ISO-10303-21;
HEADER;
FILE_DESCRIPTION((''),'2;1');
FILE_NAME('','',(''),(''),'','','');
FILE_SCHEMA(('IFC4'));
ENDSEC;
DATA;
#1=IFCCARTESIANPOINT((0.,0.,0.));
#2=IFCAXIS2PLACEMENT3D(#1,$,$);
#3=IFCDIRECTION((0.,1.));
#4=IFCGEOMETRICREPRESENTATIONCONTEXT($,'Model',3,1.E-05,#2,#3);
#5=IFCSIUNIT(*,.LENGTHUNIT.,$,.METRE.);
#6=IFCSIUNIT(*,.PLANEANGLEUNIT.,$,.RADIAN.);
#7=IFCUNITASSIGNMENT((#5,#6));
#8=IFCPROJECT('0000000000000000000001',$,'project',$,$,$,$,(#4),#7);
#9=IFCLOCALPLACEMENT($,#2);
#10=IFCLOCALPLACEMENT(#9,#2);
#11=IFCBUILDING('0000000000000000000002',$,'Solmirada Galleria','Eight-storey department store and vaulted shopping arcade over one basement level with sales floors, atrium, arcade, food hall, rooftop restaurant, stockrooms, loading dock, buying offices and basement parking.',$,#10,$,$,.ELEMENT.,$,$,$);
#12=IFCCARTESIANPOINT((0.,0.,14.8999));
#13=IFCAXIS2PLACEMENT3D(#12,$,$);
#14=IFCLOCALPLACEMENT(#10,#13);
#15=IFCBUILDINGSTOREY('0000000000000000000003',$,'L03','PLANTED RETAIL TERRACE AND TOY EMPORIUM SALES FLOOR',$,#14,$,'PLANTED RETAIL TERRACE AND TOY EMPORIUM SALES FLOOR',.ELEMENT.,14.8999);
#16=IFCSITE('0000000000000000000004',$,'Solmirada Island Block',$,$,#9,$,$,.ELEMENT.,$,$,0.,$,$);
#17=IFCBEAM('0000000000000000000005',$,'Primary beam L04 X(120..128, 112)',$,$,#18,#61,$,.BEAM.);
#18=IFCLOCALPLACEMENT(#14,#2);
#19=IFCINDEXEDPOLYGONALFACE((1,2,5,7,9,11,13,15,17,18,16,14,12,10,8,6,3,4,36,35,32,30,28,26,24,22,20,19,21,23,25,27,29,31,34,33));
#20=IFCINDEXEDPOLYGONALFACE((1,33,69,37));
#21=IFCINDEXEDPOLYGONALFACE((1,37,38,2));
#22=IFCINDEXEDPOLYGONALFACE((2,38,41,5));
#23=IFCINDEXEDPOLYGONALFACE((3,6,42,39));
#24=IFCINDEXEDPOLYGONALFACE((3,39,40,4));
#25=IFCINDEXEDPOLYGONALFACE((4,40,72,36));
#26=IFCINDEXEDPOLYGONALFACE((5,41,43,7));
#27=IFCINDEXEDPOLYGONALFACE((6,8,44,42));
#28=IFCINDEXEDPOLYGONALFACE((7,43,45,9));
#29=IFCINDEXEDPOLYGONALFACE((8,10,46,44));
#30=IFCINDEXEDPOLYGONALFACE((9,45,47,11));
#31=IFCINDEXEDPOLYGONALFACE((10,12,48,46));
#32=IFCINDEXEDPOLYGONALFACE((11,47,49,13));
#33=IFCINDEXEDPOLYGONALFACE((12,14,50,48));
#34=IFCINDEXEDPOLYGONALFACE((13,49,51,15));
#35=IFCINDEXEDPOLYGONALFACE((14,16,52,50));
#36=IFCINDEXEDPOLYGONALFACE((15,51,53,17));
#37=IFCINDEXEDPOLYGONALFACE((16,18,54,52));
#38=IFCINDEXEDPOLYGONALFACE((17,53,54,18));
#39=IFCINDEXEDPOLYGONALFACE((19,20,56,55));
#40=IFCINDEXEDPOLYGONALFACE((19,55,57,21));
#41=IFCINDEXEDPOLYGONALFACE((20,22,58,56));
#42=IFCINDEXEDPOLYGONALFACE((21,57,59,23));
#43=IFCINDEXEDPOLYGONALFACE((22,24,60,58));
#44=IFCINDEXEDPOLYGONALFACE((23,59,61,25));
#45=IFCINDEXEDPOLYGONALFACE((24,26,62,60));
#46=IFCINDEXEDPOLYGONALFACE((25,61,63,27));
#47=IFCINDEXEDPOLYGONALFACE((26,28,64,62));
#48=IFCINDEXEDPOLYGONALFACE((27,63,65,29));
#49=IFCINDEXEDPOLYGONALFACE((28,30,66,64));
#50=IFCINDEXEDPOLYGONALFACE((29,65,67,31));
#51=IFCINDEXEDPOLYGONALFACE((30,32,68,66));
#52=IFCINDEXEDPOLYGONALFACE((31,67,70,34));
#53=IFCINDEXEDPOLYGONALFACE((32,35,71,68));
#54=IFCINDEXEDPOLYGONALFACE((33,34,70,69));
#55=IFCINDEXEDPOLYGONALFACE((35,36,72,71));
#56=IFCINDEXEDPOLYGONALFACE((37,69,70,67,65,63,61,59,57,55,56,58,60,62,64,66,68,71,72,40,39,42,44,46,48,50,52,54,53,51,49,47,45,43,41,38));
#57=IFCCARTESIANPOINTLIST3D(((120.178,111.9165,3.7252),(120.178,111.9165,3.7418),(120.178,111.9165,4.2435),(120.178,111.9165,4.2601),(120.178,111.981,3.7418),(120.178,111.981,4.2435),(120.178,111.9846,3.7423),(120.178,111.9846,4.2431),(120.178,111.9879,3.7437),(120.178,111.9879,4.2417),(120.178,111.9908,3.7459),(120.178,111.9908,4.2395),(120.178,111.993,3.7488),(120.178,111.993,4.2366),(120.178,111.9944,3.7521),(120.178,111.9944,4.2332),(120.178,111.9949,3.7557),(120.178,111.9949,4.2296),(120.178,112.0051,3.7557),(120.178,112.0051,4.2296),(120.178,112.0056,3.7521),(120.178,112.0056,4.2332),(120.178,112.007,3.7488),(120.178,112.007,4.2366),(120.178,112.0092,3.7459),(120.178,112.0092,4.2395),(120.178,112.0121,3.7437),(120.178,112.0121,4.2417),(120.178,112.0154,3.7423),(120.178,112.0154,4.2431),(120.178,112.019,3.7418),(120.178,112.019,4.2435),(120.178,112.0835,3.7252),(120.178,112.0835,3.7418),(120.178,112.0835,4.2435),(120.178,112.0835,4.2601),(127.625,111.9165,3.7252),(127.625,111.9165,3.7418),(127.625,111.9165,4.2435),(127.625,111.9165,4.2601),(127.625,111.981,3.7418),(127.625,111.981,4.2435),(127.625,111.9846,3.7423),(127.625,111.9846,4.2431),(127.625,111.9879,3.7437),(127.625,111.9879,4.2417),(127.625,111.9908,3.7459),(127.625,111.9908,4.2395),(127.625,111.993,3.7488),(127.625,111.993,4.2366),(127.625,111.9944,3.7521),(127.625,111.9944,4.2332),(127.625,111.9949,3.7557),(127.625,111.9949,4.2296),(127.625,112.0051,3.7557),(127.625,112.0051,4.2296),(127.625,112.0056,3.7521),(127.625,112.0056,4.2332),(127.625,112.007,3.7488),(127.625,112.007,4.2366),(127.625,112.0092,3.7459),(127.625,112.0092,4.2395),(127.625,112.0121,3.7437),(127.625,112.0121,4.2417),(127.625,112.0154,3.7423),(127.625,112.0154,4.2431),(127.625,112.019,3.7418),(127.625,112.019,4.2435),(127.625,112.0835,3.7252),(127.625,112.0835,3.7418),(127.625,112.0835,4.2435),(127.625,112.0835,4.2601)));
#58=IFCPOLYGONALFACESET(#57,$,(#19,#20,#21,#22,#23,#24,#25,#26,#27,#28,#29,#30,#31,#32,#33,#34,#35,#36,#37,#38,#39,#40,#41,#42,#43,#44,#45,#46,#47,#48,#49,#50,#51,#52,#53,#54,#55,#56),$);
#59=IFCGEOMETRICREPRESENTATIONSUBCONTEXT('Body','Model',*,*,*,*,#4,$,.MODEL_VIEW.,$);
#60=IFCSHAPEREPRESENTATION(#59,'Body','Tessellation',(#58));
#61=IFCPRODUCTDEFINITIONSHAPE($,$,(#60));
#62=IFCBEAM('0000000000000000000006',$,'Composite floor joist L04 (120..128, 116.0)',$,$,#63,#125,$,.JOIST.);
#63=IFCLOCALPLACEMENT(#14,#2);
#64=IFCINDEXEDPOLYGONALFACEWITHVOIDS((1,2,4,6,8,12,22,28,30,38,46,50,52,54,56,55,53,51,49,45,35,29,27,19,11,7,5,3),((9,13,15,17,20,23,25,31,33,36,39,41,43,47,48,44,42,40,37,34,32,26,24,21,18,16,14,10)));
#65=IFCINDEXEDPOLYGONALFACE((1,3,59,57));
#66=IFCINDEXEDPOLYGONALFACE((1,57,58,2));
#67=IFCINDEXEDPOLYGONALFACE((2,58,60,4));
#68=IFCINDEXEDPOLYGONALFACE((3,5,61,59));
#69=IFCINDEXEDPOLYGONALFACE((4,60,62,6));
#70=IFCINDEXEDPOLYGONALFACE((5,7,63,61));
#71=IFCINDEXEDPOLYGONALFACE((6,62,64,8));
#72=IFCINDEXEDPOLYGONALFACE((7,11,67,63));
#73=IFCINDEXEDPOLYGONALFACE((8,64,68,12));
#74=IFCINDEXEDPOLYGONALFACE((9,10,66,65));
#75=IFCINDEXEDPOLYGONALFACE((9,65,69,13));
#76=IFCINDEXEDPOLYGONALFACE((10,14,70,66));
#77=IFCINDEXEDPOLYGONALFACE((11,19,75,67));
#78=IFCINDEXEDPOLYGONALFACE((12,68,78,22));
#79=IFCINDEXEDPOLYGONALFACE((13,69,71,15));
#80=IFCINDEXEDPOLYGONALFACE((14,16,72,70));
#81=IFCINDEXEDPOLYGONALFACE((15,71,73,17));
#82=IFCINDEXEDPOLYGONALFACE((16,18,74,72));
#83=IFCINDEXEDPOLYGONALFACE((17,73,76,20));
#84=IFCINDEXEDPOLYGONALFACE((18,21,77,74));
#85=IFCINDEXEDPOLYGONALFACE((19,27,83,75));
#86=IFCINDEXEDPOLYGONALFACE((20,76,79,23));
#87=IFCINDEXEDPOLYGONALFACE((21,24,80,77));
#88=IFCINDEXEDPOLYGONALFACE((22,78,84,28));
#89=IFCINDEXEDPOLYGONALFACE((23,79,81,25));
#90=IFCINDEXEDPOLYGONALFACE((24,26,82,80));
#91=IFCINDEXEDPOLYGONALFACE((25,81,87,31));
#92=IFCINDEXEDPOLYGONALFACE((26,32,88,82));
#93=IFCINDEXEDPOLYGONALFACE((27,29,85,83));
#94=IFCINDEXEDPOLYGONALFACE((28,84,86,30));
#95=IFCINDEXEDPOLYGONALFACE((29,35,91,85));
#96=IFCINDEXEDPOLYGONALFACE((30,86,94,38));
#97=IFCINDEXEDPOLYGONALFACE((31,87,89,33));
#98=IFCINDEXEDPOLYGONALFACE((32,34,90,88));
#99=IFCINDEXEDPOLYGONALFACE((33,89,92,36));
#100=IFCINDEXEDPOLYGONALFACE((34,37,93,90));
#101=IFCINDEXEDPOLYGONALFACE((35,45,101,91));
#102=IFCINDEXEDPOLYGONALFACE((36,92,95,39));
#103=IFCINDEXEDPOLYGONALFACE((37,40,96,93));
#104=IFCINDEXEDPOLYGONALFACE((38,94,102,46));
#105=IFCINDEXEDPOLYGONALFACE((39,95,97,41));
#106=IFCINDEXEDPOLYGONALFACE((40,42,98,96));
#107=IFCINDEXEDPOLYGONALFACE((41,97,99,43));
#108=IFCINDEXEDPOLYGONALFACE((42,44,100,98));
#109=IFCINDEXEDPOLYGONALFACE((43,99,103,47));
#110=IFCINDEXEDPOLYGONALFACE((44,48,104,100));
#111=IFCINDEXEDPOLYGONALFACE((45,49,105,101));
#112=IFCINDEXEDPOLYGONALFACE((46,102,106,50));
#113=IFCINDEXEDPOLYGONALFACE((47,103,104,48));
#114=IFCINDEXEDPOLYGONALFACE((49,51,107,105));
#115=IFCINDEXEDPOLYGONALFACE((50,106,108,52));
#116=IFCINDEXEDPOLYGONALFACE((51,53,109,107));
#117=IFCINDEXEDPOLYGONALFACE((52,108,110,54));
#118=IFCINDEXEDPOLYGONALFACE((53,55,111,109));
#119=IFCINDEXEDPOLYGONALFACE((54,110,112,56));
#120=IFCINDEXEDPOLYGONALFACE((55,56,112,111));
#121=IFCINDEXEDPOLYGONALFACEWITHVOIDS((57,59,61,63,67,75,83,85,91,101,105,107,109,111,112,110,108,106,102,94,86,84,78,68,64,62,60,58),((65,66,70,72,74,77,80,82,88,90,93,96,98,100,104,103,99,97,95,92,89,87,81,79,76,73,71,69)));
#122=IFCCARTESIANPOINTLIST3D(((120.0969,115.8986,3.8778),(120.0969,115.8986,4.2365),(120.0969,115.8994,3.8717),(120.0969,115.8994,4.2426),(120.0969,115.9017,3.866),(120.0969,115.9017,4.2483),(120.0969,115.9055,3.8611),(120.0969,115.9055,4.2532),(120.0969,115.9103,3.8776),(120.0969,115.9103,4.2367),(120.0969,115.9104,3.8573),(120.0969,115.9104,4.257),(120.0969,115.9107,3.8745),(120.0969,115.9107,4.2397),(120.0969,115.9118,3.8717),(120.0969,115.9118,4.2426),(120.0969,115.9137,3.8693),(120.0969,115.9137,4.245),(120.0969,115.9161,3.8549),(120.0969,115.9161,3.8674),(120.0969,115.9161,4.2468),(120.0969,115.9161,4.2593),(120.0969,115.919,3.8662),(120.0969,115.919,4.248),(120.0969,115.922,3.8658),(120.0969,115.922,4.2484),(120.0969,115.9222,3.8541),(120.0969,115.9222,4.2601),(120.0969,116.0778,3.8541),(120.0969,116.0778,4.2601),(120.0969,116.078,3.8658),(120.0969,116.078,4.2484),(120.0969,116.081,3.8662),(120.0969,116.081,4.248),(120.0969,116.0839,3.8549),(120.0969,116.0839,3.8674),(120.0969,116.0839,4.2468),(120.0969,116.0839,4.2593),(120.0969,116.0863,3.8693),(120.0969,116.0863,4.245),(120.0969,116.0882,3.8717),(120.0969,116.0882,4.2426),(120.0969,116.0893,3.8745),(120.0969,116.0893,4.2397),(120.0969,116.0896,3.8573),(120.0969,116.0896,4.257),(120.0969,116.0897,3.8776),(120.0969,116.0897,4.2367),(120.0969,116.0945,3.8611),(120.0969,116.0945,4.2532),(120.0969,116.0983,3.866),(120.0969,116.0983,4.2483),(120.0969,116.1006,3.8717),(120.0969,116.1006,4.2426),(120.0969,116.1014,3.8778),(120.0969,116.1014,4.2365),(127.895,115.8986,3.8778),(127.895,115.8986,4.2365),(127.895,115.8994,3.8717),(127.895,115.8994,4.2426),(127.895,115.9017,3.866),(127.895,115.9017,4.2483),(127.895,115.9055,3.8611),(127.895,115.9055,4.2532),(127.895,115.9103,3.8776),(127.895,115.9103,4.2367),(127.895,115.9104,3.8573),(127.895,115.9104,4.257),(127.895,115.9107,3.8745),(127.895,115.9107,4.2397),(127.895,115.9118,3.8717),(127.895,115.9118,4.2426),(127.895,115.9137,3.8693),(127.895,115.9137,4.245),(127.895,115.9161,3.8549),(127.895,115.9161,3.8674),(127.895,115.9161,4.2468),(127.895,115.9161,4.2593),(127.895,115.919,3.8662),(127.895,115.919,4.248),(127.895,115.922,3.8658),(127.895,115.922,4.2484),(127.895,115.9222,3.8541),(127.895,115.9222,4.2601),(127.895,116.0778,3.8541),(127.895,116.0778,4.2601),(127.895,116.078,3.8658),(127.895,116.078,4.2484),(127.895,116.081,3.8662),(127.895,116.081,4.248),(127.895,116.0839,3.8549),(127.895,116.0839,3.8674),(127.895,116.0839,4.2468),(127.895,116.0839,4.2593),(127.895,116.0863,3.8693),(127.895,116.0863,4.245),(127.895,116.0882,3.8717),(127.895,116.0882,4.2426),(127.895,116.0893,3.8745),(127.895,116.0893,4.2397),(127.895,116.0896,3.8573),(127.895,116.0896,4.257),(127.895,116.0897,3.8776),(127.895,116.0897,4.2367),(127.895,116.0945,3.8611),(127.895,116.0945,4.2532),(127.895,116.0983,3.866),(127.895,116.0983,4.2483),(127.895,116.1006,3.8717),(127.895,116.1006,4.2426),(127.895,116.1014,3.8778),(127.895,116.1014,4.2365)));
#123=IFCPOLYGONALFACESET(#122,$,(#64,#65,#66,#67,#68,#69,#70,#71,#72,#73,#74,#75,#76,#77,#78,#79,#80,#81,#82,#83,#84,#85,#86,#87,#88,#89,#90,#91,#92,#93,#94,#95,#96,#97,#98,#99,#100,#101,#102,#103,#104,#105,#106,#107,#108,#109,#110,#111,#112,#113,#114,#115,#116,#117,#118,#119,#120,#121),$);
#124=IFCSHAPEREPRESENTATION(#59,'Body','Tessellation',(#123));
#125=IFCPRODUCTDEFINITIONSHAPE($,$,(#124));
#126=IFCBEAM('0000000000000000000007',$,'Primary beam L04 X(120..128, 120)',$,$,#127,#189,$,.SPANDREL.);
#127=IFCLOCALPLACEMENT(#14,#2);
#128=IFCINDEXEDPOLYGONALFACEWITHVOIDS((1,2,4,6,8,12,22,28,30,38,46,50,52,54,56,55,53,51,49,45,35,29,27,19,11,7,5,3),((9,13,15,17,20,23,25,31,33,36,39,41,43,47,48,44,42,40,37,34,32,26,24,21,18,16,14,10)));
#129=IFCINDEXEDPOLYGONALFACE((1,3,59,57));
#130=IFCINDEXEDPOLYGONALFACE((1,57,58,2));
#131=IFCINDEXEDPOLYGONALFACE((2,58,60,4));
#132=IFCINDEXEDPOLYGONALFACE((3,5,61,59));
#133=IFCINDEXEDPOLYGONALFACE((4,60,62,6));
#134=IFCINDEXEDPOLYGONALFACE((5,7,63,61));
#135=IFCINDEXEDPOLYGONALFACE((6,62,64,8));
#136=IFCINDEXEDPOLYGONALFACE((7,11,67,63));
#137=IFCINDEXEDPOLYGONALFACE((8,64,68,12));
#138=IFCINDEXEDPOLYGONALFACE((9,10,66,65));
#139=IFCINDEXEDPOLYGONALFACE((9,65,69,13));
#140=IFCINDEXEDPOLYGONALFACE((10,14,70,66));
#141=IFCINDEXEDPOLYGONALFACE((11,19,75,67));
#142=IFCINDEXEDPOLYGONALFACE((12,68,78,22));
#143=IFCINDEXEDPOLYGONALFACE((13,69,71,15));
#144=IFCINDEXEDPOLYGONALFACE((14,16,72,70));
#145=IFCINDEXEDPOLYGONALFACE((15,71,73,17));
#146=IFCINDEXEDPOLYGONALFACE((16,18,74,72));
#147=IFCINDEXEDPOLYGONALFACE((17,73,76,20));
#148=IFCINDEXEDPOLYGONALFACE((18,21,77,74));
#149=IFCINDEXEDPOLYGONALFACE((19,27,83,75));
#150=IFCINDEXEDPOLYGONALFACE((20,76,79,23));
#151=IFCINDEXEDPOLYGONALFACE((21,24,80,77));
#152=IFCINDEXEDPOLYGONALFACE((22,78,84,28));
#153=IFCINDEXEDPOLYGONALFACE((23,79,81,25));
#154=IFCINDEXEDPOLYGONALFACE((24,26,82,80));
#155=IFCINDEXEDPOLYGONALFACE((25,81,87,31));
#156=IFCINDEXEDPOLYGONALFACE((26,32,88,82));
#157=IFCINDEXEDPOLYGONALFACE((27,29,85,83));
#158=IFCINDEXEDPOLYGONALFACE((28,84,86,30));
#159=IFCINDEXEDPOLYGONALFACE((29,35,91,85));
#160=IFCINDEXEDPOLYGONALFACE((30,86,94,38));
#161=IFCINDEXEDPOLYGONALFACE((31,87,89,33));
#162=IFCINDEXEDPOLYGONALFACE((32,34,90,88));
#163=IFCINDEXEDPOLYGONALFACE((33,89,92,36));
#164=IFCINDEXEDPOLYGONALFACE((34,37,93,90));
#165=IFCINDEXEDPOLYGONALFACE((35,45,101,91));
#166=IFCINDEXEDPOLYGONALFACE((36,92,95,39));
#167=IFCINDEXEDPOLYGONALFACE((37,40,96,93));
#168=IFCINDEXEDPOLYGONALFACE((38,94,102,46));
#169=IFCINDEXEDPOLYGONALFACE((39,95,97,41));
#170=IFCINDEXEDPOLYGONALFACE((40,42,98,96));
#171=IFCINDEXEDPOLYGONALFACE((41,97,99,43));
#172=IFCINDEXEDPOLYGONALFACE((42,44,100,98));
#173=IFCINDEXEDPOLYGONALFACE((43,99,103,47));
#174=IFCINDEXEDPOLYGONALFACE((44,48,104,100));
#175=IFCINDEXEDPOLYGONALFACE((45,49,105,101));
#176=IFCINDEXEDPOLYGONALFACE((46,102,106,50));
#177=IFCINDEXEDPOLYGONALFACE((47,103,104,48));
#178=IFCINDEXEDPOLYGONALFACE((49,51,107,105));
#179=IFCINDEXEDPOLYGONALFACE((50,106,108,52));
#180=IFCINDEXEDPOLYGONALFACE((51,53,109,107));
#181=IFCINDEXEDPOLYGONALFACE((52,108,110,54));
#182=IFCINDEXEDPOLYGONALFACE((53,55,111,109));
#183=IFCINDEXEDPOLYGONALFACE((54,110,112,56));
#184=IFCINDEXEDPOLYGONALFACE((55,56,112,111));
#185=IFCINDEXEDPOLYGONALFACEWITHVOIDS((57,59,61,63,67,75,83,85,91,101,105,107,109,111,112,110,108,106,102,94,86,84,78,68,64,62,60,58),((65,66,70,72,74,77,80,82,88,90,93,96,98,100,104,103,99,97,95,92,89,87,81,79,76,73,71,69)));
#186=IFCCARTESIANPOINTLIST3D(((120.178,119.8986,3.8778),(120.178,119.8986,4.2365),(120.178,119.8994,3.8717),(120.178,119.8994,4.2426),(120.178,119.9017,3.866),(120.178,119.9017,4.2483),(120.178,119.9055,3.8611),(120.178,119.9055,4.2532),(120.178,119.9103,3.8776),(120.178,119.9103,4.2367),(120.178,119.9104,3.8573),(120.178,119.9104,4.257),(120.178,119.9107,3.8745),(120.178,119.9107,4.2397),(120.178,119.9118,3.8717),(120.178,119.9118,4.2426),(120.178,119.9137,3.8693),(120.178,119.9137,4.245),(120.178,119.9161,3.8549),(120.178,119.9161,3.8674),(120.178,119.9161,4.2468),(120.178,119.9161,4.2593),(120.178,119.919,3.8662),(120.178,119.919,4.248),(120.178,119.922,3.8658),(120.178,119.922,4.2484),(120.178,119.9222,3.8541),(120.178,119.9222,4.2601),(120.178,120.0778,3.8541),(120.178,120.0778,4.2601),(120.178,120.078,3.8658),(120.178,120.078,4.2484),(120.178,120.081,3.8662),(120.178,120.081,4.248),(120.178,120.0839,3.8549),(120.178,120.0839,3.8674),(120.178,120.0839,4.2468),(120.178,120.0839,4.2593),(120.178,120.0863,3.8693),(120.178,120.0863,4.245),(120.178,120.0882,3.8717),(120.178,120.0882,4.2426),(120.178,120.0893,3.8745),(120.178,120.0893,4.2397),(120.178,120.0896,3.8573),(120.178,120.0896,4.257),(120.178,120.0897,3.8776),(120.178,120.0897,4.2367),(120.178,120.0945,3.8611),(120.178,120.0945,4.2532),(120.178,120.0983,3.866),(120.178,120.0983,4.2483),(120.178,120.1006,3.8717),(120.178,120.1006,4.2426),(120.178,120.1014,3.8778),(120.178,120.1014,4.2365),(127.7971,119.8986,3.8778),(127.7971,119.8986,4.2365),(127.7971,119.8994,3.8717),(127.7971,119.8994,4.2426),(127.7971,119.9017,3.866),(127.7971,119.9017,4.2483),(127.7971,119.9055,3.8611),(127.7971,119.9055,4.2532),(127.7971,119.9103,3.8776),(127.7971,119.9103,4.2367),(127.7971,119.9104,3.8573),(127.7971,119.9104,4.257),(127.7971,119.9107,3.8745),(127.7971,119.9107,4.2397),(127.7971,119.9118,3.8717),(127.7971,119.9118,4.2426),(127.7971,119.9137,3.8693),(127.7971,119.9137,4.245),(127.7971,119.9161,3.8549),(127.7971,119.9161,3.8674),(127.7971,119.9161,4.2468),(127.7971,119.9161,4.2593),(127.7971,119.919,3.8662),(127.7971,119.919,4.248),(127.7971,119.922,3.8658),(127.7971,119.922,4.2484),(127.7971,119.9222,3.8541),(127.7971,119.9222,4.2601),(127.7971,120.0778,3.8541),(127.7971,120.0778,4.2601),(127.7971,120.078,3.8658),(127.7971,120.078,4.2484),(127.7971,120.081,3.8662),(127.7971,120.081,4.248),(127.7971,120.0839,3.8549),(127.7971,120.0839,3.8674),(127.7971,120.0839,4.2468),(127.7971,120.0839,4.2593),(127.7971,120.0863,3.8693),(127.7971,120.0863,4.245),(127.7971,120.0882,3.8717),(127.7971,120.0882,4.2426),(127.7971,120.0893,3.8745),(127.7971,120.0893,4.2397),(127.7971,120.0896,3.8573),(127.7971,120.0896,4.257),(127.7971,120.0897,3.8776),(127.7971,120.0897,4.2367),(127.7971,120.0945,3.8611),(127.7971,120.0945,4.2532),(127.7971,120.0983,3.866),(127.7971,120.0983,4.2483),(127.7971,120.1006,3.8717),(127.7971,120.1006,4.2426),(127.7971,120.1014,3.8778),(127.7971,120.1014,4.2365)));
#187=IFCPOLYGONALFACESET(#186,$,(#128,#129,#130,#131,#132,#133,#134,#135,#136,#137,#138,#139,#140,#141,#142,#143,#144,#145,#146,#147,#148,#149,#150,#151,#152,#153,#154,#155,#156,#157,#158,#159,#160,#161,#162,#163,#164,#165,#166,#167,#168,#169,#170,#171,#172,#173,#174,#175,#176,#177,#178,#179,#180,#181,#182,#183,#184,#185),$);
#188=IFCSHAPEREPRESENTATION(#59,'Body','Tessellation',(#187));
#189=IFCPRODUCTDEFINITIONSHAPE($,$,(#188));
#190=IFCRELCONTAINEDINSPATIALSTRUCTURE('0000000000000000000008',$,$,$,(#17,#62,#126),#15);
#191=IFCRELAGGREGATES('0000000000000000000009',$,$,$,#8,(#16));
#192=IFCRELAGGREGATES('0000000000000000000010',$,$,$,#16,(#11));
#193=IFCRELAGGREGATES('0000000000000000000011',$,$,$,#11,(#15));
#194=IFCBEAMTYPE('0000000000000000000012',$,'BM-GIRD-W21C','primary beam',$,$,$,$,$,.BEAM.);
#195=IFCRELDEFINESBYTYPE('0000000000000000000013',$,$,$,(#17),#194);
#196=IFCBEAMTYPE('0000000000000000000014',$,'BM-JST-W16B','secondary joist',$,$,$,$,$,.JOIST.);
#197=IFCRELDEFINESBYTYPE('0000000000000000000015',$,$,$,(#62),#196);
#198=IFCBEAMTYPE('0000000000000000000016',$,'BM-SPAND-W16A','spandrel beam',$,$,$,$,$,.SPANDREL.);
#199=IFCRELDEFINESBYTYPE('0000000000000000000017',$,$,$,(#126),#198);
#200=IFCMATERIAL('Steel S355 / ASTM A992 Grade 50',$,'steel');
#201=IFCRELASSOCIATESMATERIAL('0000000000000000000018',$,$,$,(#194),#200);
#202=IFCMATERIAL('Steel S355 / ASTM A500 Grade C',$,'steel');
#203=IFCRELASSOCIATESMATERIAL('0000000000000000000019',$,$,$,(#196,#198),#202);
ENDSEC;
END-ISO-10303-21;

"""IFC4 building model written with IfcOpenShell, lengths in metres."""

from ifc_helpers import new_model, si_unit, direction, frame, origin, origin_2d, place, context, subcontext, project, spatial, hollow_rectangle, i_section, extrude, material, material_profile, profile_set, type_object, element, save


model = new_model("IFC4")

# Units and contexts
model_context = context("Model", 3, precision=1e-05, world=origin(), true_north=direction((0.0, 1.0)))
body_context = subcontext(model_context, "Body", "Model", "MODEL_VIEW")
ifc_project = project(units=[si_unit("LENGTHUNIT", "METRE"), si_unit("PLANEANGLEUNIT", "RADIAN")], contexts=[model_context])

# Site, building, storey
site_placement = place(None, origin())
site = spatial("IfcSite", under=ifc_project, at=site_placement, Name="Solmirada Island Block", CompositionType="ELEMENT", RefElevation=0.0)
building_placement = place(site_placement, origin())
building = spatial("IfcBuilding", under=site, at=building_placement, Name="Solmirada Galleria", Description="Eight-storey department store and vaulted shopping arcade over one basement level with sales floors, atrium, arcade, food hall, rooftop restaurant, stockrooms, loading dock, buying offices and basement parking.", CompositionType="ELEMENT")
storey_placement = place(building_placement, frame((0.0, 0.0, 14.8999)))
storey = spatial("IfcBuildingStorey", under=building, at=storey_placement, Name="L03", Description="PLANTED RETAIL TERRACE AND TOY EMPORIUM SALES FLOOR", LongName="PLANTED RETAIL TERRACE AND TOY EMPORIUM SALES FLOOR", CompositionType="ELEMENT", Elevation=14.8999)

# Shared definitions
ifc_material_1 = material(Name="Steel S355 / ASTM A500 Grade C", Category="steel")

# Beams
ifc_material_2 = material(Name="Steel S355 / ASTM A992 Grade 50", Category="steel")
ifc_material_profile_1 = material_profile(ifc_material_2, i_section(OverallWidth=0.167, OverallDepth=0.5349, WebThickness=0.0103, FlangeThickness=0.0166, FilletRadius=0.0139, at=origin_2d()), Name="W21X57")
ifc_profile_set_1 = profile_set([ifc_material_profile_1], Name="Steel S355 / ASTM A992 Grade 50")
beam_type_1 = type_object("IfcBeamType", Name="BM-GIRD-W21C", Description="primary beam", PredefinedType="BEAM", material=ifc_profile_set_1)
beam_1_placement = place(storey_placement, frame((120.178, 112.0, 3.9927), z_axis=(1.0, 0.0, 0.0), x_axis=(0.0, 1.0, 0.0)))
element("IfcBeam", 1, at=beam_1_placement, inside=storey, type_object=beam_type_1, Name="Primary beam L04 X(120..128, 112)", PredefinedType="BEAM", context=body_context, shape_type="SweptSolid", body=[
    extrude(i_section(OverallWidth=0.167, OverallDepth=0.5349, WebThickness=0.0103, FlangeThickness=0.0166, FilletRadius=0.0139, at=origin_2d()), origin(), (0.0, 0.0, 1.0), 7.447),
])
ifc_material_profile_2 = material_profile(ifc_material_1, hollow_rectangle(XDim=0.2029, YDim=0.406, WallThickness=0.0117, InnerFilletRadius=0.0117, OuterFilletRadius=0.0237, at=origin_2d()), Name="HSS16X8X1/2")
ifc_profile_set_2 = profile_set([ifc_material_profile_2], Name="Steel S355 / ASTM A500 Grade C")
beam_type_2 = type_object("IfcBeamType", Name="BM-JST-W16B", Description="secondary joist", PredefinedType="JOIST", material=ifc_profile_set_2)
beam_2_placement = place(storey_placement, frame((120.0969, 116.0, 4.0571), z_axis=(1.0, 0.0, 0.0), x_axis=(0.0, 1.0, 0.0)))
element("IfcBeam", 2, at=beam_2_placement, inside=storey, type_object=beam_type_2, Name="Composite floor joist L04 (120..128, 116.0)", PredefinedType="JOIST", context=body_context, shape_type="SweptSolid", body=[
    extrude(hollow_rectangle(XDim=0.2029, YDim=0.406, WallThickness=0.0117, InnerFilletRadius=0.0117, OuterFilletRadius=0.0237, at=origin_2d()), origin(), (0.0, 0.0, 1.0), 7.7981),
])
ifc_material_profile_3 = material_profile(ifc_material_1, hollow_rectangle(XDim=0.2029, YDim=0.406, WallThickness=0.0117, InnerFilletRadius=0.0117, OuterFilletRadius=0.0237, at=origin_2d()), Name="HSS16X8X1/2")
ifc_profile_set_3 = profile_set([ifc_material_profile_3], Name="Steel S355 / ASTM A500 Grade C")
beam_type_3 = type_object("IfcBeamType", Name="BM-SPAND-W16A", Description="spandrel beam", PredefinedType="SPANDREL", material=ifc_profile_set_3)
beam_3_placement = place(storey_placement, frame((120.178, 120.0, 4.0571), z_axis=(1.0, 0.0, 0.0), x_axis=(0.0, 1.0, 0.0)))
element("IfcBeam", 3, at=beam_3_placement, inside=storey, type_object=beam_type_3, Name="Primary beam L04 X(120..128, 120)", PredefinedType="SPANDREL", context=body_context, shape_type="SweptSolid", body=[
    extrude(hollow_rectangle(XDim=0.2029, YDim=0.406, WallThickness=0.0117, InnerFilletRadius=0.0117, OuterFilletRadius=0.0237, at=origin_2d()), origin(), (0.0, 0.0, 1.0), 7.6191),
])

save(model, "model.ifc")
